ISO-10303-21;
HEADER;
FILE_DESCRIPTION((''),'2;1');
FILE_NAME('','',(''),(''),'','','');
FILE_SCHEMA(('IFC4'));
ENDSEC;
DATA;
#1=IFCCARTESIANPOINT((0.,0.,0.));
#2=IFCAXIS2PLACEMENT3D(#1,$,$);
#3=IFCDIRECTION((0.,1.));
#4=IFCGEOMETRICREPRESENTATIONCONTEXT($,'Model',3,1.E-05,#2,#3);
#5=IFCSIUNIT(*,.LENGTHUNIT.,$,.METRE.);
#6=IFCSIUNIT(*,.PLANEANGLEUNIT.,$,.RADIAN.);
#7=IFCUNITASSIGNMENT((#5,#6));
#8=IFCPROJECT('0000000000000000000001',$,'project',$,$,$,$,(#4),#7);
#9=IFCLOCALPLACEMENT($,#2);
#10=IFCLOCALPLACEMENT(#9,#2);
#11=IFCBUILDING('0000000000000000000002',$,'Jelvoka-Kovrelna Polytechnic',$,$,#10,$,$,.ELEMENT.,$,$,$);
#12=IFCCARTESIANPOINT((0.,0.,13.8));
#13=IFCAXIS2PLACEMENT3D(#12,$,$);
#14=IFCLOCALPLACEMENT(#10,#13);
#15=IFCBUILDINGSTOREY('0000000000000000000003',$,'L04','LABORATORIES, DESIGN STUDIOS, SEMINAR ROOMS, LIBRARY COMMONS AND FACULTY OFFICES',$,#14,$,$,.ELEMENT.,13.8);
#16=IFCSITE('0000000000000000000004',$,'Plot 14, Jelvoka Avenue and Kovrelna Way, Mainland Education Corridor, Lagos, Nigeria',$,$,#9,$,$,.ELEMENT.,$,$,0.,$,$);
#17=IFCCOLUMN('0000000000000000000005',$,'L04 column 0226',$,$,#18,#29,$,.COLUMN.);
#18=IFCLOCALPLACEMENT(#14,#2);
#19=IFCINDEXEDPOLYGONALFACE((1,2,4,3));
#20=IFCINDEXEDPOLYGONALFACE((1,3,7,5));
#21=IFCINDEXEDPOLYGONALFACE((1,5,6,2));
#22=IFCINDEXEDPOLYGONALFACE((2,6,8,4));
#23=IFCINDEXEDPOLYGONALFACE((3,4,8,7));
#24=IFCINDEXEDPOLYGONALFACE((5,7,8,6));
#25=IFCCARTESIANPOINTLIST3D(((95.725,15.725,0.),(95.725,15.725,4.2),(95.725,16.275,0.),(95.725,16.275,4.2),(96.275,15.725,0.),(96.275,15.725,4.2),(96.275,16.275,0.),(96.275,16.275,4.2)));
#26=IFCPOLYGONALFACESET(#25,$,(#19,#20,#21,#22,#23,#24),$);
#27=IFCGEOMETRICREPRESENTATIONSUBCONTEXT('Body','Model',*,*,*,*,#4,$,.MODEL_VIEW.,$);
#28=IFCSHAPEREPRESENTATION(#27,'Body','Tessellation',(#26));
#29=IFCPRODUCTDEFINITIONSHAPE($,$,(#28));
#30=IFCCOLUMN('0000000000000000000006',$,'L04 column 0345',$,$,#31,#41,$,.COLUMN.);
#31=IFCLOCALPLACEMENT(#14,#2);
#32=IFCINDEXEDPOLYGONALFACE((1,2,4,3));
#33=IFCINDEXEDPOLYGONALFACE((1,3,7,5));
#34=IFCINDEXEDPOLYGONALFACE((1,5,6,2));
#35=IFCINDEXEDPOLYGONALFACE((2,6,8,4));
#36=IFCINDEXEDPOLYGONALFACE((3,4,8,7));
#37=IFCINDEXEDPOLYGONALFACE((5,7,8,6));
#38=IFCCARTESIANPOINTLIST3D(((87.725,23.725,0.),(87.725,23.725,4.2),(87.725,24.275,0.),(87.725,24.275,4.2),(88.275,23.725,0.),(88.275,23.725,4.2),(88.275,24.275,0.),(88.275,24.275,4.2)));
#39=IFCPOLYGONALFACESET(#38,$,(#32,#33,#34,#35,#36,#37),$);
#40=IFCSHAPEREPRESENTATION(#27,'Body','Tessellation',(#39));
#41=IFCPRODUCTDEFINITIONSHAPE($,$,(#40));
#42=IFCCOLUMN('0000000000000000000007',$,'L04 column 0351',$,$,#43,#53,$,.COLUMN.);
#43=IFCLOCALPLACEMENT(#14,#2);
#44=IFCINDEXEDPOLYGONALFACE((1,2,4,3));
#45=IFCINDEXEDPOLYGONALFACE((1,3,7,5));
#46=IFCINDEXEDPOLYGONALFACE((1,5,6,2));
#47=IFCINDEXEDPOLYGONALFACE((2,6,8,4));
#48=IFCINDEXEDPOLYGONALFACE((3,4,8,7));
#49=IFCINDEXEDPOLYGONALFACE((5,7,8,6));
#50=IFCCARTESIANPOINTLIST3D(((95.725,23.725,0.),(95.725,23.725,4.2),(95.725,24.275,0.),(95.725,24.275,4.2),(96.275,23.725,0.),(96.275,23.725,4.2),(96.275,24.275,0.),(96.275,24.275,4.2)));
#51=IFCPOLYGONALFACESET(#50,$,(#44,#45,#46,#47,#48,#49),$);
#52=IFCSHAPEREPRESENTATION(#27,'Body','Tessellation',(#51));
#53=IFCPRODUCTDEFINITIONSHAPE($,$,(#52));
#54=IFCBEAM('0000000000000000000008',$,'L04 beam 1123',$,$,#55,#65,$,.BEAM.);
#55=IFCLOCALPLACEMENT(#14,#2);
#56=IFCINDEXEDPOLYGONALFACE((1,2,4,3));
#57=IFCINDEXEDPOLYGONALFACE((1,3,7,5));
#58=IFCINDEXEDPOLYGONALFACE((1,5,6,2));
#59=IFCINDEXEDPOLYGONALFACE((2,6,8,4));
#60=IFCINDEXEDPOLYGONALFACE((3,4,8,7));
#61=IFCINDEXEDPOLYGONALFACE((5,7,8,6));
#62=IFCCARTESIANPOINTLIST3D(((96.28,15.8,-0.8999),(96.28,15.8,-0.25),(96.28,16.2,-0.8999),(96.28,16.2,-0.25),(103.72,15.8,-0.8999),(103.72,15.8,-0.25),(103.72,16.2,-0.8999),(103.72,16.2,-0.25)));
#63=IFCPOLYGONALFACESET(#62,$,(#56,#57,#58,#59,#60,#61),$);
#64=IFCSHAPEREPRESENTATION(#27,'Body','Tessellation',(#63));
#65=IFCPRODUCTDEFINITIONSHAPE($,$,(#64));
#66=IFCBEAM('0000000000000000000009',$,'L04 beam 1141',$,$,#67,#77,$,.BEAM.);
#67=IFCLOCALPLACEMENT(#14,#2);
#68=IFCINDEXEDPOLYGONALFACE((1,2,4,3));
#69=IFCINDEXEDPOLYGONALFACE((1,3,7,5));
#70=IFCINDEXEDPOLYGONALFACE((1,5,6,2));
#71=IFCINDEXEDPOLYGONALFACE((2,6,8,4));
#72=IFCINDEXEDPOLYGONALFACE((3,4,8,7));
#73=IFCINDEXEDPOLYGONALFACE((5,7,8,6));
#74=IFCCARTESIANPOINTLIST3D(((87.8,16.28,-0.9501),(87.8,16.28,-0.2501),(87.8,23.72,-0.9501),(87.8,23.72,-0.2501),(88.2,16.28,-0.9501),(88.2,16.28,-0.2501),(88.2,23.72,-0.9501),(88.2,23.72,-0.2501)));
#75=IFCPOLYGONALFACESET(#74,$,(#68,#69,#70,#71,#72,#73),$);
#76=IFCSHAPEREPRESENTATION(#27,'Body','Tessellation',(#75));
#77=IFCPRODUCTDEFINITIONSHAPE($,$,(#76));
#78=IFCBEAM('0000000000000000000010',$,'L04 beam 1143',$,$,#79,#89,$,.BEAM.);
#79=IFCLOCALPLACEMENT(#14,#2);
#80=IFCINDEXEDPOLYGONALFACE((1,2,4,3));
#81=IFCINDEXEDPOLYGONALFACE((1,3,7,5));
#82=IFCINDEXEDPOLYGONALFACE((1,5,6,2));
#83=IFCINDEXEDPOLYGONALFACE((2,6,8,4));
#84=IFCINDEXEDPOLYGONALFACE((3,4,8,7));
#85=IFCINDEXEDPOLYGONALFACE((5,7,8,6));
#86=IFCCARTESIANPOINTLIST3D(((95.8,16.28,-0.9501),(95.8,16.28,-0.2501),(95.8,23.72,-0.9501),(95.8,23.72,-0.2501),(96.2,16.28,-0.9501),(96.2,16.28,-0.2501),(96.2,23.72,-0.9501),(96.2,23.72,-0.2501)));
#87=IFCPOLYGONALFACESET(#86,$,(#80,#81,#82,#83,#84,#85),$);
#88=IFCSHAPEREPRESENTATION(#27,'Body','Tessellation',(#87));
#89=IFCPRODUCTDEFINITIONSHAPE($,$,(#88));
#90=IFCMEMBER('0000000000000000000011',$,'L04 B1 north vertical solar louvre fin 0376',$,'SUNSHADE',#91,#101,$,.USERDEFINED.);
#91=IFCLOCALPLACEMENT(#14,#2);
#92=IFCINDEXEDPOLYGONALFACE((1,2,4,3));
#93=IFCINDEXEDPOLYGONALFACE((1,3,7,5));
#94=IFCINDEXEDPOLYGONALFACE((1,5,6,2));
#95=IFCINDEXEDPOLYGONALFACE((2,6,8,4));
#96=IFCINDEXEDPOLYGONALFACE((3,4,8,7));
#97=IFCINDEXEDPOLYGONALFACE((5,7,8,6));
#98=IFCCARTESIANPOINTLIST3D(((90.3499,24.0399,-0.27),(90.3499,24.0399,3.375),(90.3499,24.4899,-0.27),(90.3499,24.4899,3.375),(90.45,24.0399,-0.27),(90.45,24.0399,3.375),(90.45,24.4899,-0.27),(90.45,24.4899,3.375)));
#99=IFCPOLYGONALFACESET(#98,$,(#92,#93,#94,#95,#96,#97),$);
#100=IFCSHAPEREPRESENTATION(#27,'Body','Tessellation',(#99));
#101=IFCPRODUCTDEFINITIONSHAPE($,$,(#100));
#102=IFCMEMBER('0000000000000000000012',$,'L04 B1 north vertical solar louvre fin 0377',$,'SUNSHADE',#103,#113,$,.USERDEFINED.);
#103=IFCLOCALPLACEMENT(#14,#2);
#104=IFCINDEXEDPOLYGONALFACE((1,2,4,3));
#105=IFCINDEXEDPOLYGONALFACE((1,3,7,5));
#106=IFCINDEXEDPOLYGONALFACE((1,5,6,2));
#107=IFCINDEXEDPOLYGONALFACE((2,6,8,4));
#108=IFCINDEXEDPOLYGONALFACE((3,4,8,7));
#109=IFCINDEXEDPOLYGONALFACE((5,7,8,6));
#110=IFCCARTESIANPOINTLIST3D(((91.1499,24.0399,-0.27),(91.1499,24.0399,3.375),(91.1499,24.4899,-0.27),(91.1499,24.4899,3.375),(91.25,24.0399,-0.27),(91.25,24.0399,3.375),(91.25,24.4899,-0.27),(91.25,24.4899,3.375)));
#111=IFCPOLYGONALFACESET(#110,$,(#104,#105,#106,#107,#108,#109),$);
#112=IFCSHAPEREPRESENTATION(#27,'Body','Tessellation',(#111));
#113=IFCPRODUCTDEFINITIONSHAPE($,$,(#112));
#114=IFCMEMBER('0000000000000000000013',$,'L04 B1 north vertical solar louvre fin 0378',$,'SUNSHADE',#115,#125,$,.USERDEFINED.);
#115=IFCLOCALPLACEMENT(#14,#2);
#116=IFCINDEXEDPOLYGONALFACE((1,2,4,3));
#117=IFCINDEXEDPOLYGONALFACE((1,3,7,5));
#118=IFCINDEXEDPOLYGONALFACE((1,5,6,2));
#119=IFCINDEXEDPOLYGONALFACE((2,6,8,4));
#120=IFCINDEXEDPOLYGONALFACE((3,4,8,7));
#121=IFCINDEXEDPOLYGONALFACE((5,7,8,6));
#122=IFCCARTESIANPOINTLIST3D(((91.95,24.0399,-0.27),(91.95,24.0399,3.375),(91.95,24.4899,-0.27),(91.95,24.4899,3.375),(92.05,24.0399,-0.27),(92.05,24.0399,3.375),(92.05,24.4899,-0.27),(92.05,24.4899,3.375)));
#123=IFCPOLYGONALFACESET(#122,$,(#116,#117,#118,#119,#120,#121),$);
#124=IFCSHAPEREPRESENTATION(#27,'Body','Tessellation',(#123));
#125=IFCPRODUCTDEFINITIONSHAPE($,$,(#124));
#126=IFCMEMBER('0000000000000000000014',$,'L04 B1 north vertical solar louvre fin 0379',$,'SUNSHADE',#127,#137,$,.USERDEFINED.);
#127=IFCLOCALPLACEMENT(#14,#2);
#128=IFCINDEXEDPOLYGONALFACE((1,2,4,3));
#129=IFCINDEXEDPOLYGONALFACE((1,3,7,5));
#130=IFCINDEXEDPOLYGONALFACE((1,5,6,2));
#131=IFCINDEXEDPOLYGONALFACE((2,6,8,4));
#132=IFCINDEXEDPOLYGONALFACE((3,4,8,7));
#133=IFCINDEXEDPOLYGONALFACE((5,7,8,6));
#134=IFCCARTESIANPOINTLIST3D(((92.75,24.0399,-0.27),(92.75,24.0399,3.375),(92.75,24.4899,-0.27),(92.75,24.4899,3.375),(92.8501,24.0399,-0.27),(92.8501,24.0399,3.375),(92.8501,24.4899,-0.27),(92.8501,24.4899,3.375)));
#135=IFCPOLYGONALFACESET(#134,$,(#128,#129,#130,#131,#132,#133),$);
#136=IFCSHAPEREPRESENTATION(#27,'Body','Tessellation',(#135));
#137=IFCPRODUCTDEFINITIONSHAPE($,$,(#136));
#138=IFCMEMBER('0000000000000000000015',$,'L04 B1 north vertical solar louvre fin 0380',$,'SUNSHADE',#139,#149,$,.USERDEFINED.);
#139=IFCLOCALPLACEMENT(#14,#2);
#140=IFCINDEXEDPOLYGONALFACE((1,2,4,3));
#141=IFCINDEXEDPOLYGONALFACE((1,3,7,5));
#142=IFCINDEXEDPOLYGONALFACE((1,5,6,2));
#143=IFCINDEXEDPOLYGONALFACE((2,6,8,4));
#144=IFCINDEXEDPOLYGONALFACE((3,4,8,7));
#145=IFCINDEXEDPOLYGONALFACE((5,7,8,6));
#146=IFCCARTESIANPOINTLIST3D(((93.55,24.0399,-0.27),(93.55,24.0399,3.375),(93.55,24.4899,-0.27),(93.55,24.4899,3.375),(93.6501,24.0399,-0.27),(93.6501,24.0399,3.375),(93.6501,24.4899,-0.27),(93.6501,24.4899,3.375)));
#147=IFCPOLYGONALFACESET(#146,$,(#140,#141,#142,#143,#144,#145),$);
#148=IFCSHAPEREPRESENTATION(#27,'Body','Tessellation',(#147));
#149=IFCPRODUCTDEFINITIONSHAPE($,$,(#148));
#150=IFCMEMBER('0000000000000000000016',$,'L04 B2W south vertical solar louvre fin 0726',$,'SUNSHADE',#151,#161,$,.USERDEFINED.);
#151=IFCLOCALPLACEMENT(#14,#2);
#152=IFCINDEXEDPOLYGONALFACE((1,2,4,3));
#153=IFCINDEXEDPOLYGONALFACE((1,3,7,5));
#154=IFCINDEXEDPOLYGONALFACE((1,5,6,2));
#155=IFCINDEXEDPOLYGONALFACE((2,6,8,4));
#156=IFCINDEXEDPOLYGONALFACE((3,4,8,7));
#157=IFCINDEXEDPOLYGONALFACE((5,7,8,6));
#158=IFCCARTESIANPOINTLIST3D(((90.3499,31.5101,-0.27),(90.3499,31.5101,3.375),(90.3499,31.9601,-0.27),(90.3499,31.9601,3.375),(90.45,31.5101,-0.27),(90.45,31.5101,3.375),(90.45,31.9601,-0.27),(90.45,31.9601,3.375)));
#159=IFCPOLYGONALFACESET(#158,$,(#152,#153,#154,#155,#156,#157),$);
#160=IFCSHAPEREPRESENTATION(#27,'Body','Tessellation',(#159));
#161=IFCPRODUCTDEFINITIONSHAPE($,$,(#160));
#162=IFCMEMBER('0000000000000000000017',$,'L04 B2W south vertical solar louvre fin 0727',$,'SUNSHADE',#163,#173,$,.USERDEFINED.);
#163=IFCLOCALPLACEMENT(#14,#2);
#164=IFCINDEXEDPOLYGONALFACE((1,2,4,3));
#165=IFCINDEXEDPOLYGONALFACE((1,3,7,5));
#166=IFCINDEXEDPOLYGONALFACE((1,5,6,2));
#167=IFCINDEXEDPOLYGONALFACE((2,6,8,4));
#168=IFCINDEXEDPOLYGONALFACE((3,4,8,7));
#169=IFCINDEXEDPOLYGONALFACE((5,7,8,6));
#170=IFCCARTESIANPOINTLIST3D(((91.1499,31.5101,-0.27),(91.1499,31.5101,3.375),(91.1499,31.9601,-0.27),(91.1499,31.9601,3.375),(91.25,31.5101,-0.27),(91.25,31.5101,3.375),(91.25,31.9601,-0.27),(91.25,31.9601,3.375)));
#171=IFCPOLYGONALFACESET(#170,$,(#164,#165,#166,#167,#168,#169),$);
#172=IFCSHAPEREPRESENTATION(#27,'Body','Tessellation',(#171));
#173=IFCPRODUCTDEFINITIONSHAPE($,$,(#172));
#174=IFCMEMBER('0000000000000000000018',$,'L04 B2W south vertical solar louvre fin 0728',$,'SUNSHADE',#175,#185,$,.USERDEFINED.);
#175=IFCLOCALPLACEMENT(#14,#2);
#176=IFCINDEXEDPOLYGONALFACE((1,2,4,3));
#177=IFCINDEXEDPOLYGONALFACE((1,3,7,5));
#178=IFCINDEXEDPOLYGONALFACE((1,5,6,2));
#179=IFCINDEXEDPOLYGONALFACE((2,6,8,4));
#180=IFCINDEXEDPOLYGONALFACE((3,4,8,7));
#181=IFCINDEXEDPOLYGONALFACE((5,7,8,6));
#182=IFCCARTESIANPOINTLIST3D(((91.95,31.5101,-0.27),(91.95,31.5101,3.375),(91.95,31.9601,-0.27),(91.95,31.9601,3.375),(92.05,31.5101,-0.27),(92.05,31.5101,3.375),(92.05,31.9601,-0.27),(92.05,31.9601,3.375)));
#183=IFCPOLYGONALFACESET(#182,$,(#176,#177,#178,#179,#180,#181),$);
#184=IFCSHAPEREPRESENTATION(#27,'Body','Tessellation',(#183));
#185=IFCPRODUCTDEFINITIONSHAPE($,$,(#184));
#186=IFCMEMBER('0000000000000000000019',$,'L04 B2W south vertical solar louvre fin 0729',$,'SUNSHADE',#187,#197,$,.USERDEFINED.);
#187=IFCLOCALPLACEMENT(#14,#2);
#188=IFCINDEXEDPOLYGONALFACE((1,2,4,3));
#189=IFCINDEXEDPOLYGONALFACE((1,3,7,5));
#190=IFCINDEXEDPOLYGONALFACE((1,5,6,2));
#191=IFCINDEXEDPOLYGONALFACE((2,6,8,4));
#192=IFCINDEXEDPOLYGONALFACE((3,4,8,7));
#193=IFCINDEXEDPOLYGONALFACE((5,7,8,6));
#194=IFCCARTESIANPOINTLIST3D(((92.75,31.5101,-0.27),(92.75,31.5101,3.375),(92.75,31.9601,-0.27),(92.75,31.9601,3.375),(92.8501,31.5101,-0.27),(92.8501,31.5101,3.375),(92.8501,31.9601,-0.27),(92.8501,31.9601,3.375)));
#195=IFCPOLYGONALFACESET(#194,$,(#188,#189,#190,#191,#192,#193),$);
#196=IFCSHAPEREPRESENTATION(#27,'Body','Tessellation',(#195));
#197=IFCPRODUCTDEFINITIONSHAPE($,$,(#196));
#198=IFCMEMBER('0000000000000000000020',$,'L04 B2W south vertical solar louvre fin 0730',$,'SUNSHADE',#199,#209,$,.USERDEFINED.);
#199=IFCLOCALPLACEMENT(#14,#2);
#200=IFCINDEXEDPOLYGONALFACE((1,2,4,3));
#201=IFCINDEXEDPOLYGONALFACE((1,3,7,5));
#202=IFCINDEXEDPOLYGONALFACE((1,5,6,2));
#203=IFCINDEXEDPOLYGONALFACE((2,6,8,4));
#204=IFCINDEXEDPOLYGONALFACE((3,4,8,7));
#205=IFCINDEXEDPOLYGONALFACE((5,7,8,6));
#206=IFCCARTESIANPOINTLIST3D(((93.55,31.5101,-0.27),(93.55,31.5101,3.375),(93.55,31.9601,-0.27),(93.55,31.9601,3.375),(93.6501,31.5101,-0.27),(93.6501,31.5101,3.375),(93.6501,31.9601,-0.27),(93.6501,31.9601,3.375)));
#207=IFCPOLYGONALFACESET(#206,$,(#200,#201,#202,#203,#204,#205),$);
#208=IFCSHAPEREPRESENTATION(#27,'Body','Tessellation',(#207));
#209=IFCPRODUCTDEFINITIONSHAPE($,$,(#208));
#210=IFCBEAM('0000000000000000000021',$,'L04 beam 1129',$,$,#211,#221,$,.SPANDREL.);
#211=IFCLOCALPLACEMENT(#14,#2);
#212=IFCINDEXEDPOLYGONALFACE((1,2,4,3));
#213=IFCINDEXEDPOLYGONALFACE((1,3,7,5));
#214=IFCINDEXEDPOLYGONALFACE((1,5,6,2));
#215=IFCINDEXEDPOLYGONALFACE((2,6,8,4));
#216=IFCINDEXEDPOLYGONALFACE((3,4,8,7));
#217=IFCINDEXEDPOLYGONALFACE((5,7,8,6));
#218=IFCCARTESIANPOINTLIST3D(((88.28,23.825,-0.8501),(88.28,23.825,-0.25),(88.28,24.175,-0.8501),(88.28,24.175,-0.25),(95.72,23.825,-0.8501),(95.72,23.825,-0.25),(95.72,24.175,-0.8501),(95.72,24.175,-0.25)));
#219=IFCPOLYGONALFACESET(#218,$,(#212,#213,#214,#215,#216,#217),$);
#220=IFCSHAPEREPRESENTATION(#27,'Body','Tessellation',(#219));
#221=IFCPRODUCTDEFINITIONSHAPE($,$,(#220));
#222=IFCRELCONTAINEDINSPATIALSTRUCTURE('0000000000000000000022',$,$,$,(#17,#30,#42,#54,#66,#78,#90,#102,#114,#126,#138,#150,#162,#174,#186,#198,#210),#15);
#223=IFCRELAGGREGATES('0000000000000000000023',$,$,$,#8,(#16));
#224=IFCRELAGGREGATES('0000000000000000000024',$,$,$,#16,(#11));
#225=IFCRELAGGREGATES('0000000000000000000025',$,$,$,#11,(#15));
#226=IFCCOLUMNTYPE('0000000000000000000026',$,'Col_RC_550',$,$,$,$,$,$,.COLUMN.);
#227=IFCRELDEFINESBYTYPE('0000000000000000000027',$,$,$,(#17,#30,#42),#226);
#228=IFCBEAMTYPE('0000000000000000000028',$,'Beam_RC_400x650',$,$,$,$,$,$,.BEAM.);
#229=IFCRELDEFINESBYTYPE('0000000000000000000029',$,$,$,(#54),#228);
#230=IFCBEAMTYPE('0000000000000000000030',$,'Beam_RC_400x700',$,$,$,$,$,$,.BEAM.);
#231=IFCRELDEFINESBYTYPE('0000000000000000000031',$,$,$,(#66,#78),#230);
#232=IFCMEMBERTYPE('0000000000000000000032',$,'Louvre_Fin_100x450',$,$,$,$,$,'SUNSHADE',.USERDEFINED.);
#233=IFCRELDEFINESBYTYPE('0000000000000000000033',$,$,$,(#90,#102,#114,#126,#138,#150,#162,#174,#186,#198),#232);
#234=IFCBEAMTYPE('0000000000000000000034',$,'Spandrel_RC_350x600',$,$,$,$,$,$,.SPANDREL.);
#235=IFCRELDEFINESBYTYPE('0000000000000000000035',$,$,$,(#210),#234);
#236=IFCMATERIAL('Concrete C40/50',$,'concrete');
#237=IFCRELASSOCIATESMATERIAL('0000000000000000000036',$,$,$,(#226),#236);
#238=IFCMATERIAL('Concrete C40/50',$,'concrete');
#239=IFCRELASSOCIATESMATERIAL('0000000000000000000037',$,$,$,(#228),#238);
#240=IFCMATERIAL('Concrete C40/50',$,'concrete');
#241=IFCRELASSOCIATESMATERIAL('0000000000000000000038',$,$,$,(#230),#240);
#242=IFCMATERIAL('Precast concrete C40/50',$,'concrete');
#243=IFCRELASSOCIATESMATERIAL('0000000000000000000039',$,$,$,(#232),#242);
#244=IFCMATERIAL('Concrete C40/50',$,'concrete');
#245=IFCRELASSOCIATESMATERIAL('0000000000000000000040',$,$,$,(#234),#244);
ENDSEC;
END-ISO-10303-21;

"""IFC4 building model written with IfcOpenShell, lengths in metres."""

from ifc_helpers import new_model, si_unit, direction, frame, origin, origin_2d, place, context, subcontext, project, spatial, rectangle, extrude, material, material_profile, profile_set, type_object, element, save


model = new_model("IFC4")

# Units and contexts
model_context = context("Model", 3, precision=1e-05, world=origin(), true_north=direction((0.0, 1.0)))
body_context = subcontext(model_context, "Body", "Model", "MODEL_VIEW")
ifc_project = project(units=[si_unit("LENGTHUNIT", "METRE"), si_unit("PLANEANGLEUNIT", "RADIAN")], contexts=[model_context])

# Site, building, storey
site_placement = place(None, origin())
site = spatial("IfcSite", under=ifc_project, at=site_placement, Name="Plot 14, Jelvoka Avenue and Kovrelna Way, Mainland Education Corridor, Lagos, Nigeria", CompositionType="ELEMENT", RefElevation=0.0)
building_placement = place(site_placement, origin())
building = spatial("IfcBuilding", under=site, at=building_placement, Name="Jelvoka-Kovrelna Polytechnic", CompositionType="ELEMENT")
storey_placement = place(building_placement, frame((0.0, 0.0, 13.8)))
storey = spatial("IfcBuildingStorey", under=building, at=storey_placement, Name="L04", Description="LABORATORIES, DESIGN STUDIOS, SEMINAR ROOMS, LIBRARY COMMONS AND FACULTY OFFICES", CompositionType="ELEMENT", Elevation=13.8)

# Columns
ifc_material_1 = material(Name="Concrete C40/50", Category="concrete")
ifc_material_profile_1 = material_profile(ifc_material_1, rectangle(XDim=0.55, YDim=0.55, at=origin_2d()), Name="RC 550x550")
ifc_profile_set_1 = profile_set([ifc_material_profile_1], Name="Concrete C40/50")
column_type = type_object("IfcColumnType", Name="Col_RC_550", PredefinedType="COLUMN", material=ifc_profile_set_1)
for number, where, z_axis, x_axis, name in (
    (1, (96.0, 16.0, 0.0), (0.0, 0.0, 1.0), (1.0, 0.0, 0.0), "L04 column 0226"),
    (2, (88.0, 24.0, 0.0), (0.0, 0.0, 1.0), (1.0, 0.0, 0.0), "L04 column 0345"),
    (3, (96.0, 24.0, 0.0), (0.0, 0.0, 1.0), (1.0, 0.0, 0.0), "L04 column 0351"),
):
    element("IfcColumn", number, at=place(storey_placement, frame(where, z_axis=z_axis, x_axis=x_axis)), inside=storey, type_object=column_type, Name=name, PredefinedType="COLUMN", context=body_context, shape_type="SweptSolid", body=[
        extrude(rectangle(XDim=0.55, YDim=0.55, at=origin_2d()), origin(), (0.0, 0.0, 1.0), 4.2),
    ])

# Beams
ifc_material_2 = material(Name="Concrete C40/50", Category="concrete")
ifc_material_profile_2 = material_profile(ifc_material_2, rectangle(XDim=0.3999, YDim=0.6499, at=origin_2d()), Name="RC 400x650")
ifc_profile_set_2 = profile_set([ifc_material_profile_2], Name="Concrete C40/50")
beam_type_1 = type_object("IfcBeamType", Name="Beam_RC_400x650", PredefinedType="BEAM", material=ifc_profile_set_2)
beam_placement = place(storey_placement, frame((96.28, 16.0, -0.575), z_axis=(1.0, 0.0, 0.0), x_axis=(0.0, 1.0, 0.0)))
element("IfcBeam", 4, at=beam_placement, inside=storey, type_object=beam_type_1, Name="L04 beam 1123", PredefinedType="BEAM", context=body_context, shape_type="SweptSolid", body=[
    extrude(rectangle(XDim=0.3999, YDim=0.6499, at=origin_2d()), origin(), (0.0, 0.0, 1.0), 7.4399),
])
ifc_material_3 = material(Name="Concrete C40/50", Category="concrete")
ifc_material_profile_3 = material_profile(ifc_material_3, rectangle(XDim=0.3999, YDim=0.7, at=origin_2d()), Name="RC 400x700")
ifc_profile_set_3 = profile_set([ifc_material_profile_3], Name="Concrete C40/50")
beam_type_2 = type_object("IfcBeamType", Name="Beam_RC_400x700", PredefinedType="BEAM", material=ifc_profile_set_3)
for number, where, z_axis, x_axis, name in (
    (5, (88.0, 16.28, -0.6001), (0.0, 1.0, 0.0), (-1.0, 0.0, 0.0), "L04 beam 1141"),
    (6, (96.0, 16.28, -0.6001), (0.0, 1.0, 0.0), (-1.0, 0.0, 0.0), "L04 beam 1143"),
):
    element("IfcBeam", number, at=place(storey_placement, frame(where, z_axis=z_axis, x_axis=x_axis)), inside=storey, type_object=beam_type_2, Name=name, PredefinedType="BEAM", context=body_context, shape_type="SweptSolid", body=[
        extrude(rectangle(XDim=0.3999, YDim=0.7, at=origin_2d()), origin(), (0.0, 0.0, 1.0), 7.4399),
    ])

# Members
ifc_material_4 = material(Name="Precast concrete C40/50", Category="concrete")
ifc_material_profile_4 = material_profile(ifc_material_4, rectangle(XDim=0.1001, YDim=0.45, at=origin_2d()), Name="PC 100x450")
ifc_profile_set_4 = profile_set([ifc_material_profile_4], Name="Precast concrete C40/50")
member_type = type_object("IfcMemberType", Name="Louvre_Fin_100x450", ElementType="SUNSHADE", PredefinedType="USERDEFINED", material=ifc_profile_set_4)
for number, where, z_axis, x_axis, name in (
    (7, (90.3999, 24.2649, -0.27), (0.0, 0.0, 1.0), (1.0, 0.0, 0.0), "L04 B1 north vertical solar louvre fin 0376"),
    (8, (91.2, 24.2649, -0.27), (0.0, 0.0, 1.0), (1.0, 0.0, 0.0), "L04 B1 north vertical solar louvre fin 0377"),
    (9, (92.0, 24.2649, -0.27), (0.0, 0.0, 1.0), (1.0, 0.0, 0.0), "L04 B1 north vertical solar louvre fin 0378"),
    (10, (92.8, 24.2649, -0.27), (0.0, 0.0, 1.0), (1.0, 0.0, 0.0), "L04 B1 north vertical solar louvre fin 0379"),
    (11, (93.6001, 24.2649, -0.27), (0.0, 0.0, 1.0), (1.0, 0.0, 0.0), "L04 B1 north vertical solar louvre fin 0380"),
    (12, (90.3999, 31.7351, -0.27), (0.0, 0.0, 1.0), (1.0, 0.0, 0.0), "L04 B2W south vertical solar louvre fin 0726"),
    (13, (91.2, 31.7351, -0.27), (0.0, 0.0, 1.0), (1.0, 0.0, 0.0), "L04 B2W south vertical solar louvre fin 0727"),
    (14, (92.0, 31.7351, -0.27), (0.0, 0.0, 1.0), (1.0, 0.0, 0.0), "L04 B2W south vertical solar louvre fin 0728"),
    (15, (92.8, 31.7351, -0.27), (0.0, 0.0, 1.0), (1.0, 0.0, 0.0), "L04 B2W south vertical solar louvre fin 0729"),
    (16, (93.6001, 31.7351, -0.27), (0.0, 0.0, 1.0), (1.0, 0.0, 0.0), "L04 B2W south vertical solar louvre fin 0730"),
):
    element("IfcMember", number, at=place(storey_placement, frame(where, z_axis=z_axis, x_axis=x_axis)), inside=storey, type_object=member_type, Name=name, ObjectType="SUNSHADE", PredefinedType="USERDEFINED", context=body_context, shape_type="SweptSolid", body=[
        extrude(rectangle(XDim=0.1001, YDim=0.45, at=origin_2d()), origin(), (0.0, 0.0, 1.0), 3.645),
    ])

# Beam
ifc_material_5 = material(Name="Concrete C40/50", Category="concrete")
ifc_material_profile_5 = material_profile(ifc_material_5, rectangle(XDim=0.3501, YDim=0.6001, at=origin_2d()), Name="RC 350x600")
ifc_profile_set_5 = profile_set([ifc_material_profile_5], Name="Concrete C40/50")
beam_type_3 = type_object("IfcBeamType", Name="Spandrel_RC_350x600", PredefinedType="SPANDREL", material=ifc_profile_set_5)
for number, where, z_axis, x_axis, name in (
    (17, (88.28, 24.0, -0.55), (1.0, 0.0, 0.0), (0.0, 1.0, 0.0), "L04 beam 1129"),
):
    element("IfcBeam", number, at=place(storey_placement, frame(where, z_axis=z_axis, x_axis=x_axis)), inside=storey, type_object=beam_type_3, Name=name, PredefinedType="SPANDREL", context=body_context, shape_type="SweptSolid", body=[
        extrude(rectangle(XDim=0.3501, YDim=0.6001, at=origin_2d()), origin(), (0.0, 0.0, 1.0), 7.4399),
    ])

save(model, "model.ifc")
